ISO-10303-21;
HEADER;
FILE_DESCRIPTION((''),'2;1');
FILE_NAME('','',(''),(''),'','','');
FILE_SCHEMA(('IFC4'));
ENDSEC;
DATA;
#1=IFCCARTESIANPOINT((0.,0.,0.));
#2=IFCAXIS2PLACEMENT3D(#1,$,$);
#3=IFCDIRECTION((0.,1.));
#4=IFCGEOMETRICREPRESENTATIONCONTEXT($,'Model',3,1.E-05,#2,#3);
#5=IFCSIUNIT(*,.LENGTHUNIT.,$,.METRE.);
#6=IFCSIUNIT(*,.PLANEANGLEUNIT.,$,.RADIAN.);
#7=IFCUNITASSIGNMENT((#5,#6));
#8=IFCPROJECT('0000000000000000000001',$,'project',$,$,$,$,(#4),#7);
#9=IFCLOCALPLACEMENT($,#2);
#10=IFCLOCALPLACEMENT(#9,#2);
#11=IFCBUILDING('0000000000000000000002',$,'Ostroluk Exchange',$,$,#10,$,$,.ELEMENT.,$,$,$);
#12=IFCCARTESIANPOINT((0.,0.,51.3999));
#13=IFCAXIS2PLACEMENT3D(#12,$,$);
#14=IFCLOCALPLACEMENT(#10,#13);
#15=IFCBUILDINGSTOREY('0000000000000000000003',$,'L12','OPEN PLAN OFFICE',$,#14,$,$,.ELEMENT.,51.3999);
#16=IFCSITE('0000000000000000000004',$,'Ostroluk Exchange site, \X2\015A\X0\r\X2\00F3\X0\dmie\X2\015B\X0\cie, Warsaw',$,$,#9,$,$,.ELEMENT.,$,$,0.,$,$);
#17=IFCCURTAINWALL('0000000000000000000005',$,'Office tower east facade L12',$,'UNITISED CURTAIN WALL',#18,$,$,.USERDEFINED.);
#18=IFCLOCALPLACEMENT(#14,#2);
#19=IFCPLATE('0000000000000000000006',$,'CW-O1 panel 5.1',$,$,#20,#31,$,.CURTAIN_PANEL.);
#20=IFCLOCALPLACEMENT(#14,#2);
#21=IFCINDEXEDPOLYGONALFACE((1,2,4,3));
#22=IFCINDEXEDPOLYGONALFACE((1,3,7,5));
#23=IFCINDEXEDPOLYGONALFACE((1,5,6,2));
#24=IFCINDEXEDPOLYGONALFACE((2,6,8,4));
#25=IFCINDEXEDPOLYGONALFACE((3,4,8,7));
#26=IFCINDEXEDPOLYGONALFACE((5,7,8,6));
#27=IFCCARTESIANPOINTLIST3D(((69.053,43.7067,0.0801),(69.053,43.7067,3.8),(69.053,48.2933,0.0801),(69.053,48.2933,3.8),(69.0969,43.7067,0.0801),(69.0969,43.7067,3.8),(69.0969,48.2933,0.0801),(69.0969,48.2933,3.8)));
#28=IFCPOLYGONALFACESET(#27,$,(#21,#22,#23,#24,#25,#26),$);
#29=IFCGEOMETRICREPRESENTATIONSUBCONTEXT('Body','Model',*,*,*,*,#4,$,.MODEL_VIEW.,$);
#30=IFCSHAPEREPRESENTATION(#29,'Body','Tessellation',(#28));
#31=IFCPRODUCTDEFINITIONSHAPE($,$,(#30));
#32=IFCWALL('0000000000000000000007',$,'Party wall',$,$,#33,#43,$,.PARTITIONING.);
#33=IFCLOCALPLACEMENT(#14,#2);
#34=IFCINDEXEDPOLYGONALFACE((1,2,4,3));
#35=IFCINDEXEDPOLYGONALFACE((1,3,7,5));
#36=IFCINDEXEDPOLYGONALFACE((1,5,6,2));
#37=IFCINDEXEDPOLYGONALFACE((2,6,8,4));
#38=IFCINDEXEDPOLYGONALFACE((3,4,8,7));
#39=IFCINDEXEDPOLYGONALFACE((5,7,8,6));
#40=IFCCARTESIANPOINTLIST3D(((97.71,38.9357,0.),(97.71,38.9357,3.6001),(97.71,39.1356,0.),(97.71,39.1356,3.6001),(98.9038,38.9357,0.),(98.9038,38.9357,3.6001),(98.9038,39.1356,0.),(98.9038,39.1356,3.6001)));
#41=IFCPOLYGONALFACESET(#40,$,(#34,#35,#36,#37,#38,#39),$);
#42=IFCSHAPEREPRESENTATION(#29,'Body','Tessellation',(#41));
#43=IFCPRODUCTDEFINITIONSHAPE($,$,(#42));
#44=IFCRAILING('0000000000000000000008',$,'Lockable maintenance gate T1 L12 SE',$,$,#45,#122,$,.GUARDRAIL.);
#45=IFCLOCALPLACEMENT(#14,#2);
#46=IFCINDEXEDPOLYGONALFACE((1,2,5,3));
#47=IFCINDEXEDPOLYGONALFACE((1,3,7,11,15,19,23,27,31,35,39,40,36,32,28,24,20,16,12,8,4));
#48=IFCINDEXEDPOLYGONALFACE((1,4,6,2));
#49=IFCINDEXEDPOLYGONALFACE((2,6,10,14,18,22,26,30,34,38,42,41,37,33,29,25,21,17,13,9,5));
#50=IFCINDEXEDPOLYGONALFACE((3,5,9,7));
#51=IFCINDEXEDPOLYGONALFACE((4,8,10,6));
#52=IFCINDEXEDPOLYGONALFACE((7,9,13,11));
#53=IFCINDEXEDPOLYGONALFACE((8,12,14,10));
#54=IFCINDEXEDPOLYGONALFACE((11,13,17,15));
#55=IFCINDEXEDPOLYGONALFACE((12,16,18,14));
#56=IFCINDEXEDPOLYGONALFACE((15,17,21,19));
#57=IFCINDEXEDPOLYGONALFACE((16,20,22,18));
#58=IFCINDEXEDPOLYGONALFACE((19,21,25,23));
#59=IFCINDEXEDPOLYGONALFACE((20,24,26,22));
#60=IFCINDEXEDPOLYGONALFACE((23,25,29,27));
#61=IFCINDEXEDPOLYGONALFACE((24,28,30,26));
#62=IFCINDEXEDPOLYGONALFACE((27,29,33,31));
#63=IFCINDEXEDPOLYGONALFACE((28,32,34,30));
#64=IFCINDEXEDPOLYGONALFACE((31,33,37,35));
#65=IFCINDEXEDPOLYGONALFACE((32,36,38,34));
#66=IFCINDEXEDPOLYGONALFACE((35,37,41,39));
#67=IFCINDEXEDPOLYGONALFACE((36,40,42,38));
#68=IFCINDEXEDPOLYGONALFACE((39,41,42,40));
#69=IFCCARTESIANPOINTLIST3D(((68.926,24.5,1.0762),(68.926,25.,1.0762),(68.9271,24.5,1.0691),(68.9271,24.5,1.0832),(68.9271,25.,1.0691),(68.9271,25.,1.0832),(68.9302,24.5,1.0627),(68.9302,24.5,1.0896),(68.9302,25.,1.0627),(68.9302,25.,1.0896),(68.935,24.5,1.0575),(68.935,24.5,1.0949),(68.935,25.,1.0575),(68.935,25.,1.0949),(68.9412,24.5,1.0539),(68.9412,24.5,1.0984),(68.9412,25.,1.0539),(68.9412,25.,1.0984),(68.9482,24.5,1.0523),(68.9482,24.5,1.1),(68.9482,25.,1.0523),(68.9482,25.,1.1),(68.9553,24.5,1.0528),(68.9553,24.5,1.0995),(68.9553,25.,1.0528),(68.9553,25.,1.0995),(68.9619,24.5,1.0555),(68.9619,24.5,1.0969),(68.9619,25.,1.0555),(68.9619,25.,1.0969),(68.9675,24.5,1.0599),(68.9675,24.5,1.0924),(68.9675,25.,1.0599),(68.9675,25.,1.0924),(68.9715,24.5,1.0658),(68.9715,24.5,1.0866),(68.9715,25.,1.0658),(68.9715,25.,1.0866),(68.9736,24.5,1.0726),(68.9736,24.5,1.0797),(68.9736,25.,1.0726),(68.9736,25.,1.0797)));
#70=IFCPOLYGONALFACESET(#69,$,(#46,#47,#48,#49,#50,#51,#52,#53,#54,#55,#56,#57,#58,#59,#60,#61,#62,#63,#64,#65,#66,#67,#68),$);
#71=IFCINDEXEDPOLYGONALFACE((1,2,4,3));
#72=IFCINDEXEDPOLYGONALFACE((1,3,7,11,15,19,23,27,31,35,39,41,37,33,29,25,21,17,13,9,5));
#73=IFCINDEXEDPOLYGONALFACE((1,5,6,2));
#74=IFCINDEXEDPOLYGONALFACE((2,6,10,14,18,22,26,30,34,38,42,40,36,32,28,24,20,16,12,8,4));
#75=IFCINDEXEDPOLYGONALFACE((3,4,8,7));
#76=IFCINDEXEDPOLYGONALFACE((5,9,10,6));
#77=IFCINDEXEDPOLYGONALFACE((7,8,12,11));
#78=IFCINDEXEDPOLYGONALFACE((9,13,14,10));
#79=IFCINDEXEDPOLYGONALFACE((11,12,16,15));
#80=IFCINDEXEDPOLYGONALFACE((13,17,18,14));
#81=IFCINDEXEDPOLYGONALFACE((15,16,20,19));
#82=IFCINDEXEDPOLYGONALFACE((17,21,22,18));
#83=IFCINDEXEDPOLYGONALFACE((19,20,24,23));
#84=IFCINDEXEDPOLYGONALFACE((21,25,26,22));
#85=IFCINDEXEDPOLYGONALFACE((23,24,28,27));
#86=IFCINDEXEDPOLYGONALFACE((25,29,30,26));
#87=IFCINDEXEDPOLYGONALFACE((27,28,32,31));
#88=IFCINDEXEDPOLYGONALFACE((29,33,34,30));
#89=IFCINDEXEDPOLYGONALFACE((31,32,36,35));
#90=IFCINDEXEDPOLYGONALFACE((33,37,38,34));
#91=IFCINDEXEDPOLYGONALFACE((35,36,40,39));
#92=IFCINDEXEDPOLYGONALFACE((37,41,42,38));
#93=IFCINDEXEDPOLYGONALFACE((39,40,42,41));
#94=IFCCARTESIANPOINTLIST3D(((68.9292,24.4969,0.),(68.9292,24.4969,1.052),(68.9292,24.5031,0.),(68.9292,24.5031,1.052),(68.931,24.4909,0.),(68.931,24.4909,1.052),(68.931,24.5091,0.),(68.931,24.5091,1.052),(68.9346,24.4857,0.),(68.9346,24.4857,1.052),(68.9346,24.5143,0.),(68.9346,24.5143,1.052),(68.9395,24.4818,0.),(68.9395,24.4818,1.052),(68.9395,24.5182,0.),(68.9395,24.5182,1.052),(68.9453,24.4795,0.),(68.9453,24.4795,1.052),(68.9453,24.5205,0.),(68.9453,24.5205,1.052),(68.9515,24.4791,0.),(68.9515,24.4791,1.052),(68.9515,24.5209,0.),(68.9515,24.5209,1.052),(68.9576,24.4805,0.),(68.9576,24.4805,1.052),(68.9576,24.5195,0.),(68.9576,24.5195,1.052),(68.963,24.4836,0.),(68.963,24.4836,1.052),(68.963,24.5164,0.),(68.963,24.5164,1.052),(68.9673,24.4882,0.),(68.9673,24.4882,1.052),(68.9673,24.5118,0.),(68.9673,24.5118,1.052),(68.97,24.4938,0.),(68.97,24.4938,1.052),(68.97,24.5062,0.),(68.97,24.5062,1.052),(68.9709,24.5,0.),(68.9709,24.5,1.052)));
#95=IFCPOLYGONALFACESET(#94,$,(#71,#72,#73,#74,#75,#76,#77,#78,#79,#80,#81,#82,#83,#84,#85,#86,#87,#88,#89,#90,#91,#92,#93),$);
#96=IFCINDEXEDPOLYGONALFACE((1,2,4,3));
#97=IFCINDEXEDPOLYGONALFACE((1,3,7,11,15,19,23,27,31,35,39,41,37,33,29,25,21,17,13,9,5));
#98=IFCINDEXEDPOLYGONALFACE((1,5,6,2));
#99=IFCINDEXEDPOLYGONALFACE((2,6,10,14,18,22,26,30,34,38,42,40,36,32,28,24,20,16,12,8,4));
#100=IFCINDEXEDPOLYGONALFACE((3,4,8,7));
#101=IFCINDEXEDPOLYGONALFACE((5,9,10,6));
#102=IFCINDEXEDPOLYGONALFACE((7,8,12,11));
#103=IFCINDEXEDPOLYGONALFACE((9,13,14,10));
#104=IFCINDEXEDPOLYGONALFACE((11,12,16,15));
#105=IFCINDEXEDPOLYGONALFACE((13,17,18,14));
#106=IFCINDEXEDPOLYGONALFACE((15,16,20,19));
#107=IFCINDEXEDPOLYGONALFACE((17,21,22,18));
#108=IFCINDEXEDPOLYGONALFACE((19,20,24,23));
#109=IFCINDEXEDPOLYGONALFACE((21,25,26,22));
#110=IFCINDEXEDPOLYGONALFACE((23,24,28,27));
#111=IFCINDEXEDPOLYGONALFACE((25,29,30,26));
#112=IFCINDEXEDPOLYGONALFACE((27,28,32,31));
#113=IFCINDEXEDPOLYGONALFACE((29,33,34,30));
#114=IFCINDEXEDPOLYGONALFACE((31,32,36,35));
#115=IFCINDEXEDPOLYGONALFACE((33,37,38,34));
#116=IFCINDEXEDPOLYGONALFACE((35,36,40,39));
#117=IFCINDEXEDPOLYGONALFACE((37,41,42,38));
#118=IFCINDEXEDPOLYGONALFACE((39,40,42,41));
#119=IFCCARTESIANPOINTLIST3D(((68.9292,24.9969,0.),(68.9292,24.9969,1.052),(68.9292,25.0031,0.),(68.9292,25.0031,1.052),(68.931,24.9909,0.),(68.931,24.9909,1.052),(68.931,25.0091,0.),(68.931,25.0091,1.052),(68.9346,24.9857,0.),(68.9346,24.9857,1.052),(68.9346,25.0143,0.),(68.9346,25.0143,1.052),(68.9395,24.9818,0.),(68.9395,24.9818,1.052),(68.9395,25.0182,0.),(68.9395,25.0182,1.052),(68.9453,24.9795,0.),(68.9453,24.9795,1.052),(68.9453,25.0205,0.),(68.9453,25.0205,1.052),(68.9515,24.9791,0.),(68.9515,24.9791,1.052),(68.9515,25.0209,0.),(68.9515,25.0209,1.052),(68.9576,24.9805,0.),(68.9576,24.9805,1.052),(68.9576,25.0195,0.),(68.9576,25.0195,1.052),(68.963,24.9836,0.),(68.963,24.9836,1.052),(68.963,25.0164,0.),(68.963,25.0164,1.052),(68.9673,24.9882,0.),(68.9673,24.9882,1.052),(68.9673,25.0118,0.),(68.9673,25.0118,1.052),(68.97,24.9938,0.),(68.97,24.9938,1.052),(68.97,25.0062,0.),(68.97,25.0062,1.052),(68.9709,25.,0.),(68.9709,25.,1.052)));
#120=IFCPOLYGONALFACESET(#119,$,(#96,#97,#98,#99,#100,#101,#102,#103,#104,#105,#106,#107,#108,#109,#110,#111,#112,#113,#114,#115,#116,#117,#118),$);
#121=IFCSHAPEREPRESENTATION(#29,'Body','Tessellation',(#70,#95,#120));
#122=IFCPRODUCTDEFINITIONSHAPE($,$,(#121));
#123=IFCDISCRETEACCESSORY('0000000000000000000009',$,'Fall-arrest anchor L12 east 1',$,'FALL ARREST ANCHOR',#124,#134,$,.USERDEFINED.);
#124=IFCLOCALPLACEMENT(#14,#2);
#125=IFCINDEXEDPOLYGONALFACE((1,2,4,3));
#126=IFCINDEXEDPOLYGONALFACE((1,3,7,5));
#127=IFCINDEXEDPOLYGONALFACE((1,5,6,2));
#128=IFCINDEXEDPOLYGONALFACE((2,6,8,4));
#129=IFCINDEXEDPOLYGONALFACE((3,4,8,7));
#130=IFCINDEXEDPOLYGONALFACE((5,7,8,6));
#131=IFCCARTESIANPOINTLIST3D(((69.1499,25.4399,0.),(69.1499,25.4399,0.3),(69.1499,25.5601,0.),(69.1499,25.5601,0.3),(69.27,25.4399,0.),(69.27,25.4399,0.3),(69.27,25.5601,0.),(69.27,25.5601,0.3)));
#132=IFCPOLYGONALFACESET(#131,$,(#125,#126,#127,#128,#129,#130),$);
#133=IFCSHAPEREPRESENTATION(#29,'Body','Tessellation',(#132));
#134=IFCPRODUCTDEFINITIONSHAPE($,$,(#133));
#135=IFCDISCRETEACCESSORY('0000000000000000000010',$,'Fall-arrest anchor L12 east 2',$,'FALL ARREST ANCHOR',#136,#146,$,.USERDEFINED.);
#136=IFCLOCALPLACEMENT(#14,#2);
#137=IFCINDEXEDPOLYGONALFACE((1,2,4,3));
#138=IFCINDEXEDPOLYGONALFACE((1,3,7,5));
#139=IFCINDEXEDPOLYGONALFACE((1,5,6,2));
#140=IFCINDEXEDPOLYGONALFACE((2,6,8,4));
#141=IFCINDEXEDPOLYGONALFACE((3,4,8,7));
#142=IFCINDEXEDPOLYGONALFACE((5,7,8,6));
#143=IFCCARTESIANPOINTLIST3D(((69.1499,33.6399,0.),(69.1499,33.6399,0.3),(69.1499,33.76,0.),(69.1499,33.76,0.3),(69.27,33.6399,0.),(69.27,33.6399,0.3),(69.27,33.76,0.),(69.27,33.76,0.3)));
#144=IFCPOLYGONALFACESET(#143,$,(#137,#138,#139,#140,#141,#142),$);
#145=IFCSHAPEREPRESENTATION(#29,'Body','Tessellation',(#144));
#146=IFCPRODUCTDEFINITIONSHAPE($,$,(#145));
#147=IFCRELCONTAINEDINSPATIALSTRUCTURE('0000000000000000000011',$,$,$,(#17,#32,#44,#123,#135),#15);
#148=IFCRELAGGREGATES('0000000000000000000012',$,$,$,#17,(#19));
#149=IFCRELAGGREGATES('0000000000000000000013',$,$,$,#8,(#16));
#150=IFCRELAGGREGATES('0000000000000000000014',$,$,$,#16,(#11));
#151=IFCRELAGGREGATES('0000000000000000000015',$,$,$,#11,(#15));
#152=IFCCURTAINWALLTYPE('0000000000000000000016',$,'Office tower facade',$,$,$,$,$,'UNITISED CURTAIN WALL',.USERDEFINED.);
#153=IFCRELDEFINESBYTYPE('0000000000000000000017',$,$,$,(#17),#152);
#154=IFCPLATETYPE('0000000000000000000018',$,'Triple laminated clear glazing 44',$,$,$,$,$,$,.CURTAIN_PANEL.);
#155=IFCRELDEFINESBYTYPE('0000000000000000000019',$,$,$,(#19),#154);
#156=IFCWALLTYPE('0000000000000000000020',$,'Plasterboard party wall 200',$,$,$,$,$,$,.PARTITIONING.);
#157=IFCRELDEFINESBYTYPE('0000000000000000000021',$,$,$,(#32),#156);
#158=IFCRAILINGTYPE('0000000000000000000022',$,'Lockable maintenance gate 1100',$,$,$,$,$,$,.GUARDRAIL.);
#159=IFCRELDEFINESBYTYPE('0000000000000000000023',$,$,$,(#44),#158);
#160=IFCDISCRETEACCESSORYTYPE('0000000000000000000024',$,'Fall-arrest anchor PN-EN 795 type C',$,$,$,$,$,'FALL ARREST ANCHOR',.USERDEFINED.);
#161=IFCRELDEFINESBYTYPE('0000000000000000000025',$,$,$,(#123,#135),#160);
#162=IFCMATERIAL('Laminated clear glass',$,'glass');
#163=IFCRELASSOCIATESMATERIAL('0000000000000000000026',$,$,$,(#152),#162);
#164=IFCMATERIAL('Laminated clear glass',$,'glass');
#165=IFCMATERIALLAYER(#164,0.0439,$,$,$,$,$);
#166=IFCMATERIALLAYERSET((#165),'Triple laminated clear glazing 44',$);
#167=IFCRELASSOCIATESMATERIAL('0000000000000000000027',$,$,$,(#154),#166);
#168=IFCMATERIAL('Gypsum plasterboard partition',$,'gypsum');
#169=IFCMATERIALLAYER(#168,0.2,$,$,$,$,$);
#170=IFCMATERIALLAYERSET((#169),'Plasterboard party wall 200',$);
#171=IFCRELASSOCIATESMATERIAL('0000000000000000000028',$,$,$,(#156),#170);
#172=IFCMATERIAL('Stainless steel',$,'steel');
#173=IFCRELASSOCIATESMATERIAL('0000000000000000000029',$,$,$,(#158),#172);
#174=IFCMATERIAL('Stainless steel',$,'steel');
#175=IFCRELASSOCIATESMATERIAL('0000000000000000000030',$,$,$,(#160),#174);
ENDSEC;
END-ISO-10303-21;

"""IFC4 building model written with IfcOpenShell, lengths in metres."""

from ifc_helpers import new_model, si_unit, direction, frame, frame_2d, origin, origin_2d, place, context, subcontext, project, spatial, rectangle, circle, extrude, material, layer, layer_set, type_object, element, aggregate, save


model = new_model("IFC4")

# Units and contexts
model_context = context("Model", 3, precision=1e-05, world=origin(), true_north=direction((0.0, 1.0)))
body_context = subcontext(model_context, "Body", "Model", "MODEL_VIEW")
ifc_project = project(units=[si_unit("LENGTHUNIT", "METRE"), si_unit("PLANEANGLEUNIT", "RADIAN")], contexts=[model_context])

# Site, building, storey
site_placement = place(None, origin())
site = spatial("IfcSite", under=ifc_project, at=site_placement, Name="Ostroluk Exchange site, Śródmieście, Warsaw", CompositionType="ELEMENT", RefElevation=0.0)
building_placement = place(site_placement, origin())
building = spatial("IfcBuilding", under=site, at=building_placement, Name="Ostroluk Exchange", CompositionType="ELEMENT")
storey_placement = place(building_placement, frame((0.0, 0.0, 51.3999)))
storey = spatial("IfcBuildingStorey", under=building, at=storey_placement, Name="L12", Description="OPEN PLAN OFFICE", CompositionType="ELEMENT", Elevation=51.3999)

# Curtain wall
ifc_material_1 = material(Name="Laminated clear glass", Category="glass")
curtain_wall_type_1 = type_object("IfcCurtainWallType", Name="Office tower facade", ElementType="UNITISED CURTAIN WALL", PredefinedType="USERDEFINED", material=ifc_material_1)
curtain_wall_1_placement = place(storey_placement, origin())
curtain_wall_1 = element("IfcCurtainWall", 1, at=curtain_wall_1_placement, inside=storey, type_object=curtain_wall_type_1, Name="Office tower east facade L12", ObjectType="UNITISED CURTAIN WALL", PredefinedType="USERDEFINED")

# Plate
ifc_material_2 = material(Name="Laminated clear glass", Category="glass")
ifc_layer_1 = layer(ifc_material_2, 0.0439)
ifc_layer_set_1 = layer_set([ifc_layer_1], Name="Triple laminated clear glazing 44")
plate_type_1 = type_object("IfcPlateType", Name="Triple laminated clear glazing 44", PredefinedType="CURTAIN_PANEL", material=ifc_layer_set_1)
plate_1_placement = place(storey_placement, frame((69.075, 46.0, 0.0801), z_axis=(0.0, 0.0, 1.0), x_axis=(0.0, 1.0, 0.0)))
plate_1 = element("IfcPlate", 2, at=plate_1_placement, type_object=plate_type_1, Name="CW-O1 panel 5.1", PredefinedType="CURTAIN_PANEL", context=body_context, shape_type="SweptSolid", body=[
    extrude(rectangle(XDim=4.5867, YDim=0.0439, at=origin_2d()), origin(), (0.0, 0.0, 1.0), 3.72),
])
aggregate(curtain_wall_1, [plate_1])

# Wall
ifc_material_3 = material(Name="Gypsum plasterboard partition", Category="gypsum")
ifc_layer_2 = layer(ifc_material_3, 0.2)
ifc_layer_set_2 = layer_set([ifc_layer_2], Name="Plasterboard party wall 200")
wall_type = type_object("IfcWallType", Name="Plasterboard party wall 200", PredefinedType="PARTITIONING", material=ifc_layer_set_2)
wall_placement = place(storey_placement, frame((98.9038, 39.0356, 0.0), z_axis=(0.0, 0.0, 1.0), x_axis=(-1.0, 0.0, 0.0)))
element("IfcWall", 3, at=wall_placement, inside=storey, type_object=wall_type, Name="Party wall", PredefinedType="PARTITIONING", context=body_context, shape_type="SweptSolid", body=[
    extrude(rectangle(XDim=1.1938, YDim=0.2, at=frame_2d((0.5969, 0.0))), origin(), (0.0, 0.0, 1.0), 3.6001),
])

# Railing
ifc_material_4 = material(Name="Stainless steel", Category="steel")
railing_type = type_object("IfcRailingType", Name="Lockable maintenance gate 1100", PredefinedType="GUARDRAIL", material=ifc_material_4)
railing_placement = place(storey_placement, frame((68.95, 24.5, 0.0)))
element("IfcRailing", 4, at=railing_placement, inside=storey, type_object=railing_type, Name="Lockable maintenance gate T1 L12 SE", PredefinedType="GUARDRAIL", context=body_context, shape_type="SweptSolid", body=[
    extrude(circle(Radius=0.0239, at=origin_2d()), frame((0.0, 0.0, 1.0762), z_axis=(0.0, 1.0, 0.0), x_axis=(-1.0, 0.0, 0.0)), (0.0, 0.0, 1.0), 0.5),
    extrude(circle(Radius=0.021, at=origin_2d()), origin(), (0.0, 0.0, 1.0), 1.052),
    extrude(circle(Radius=0.021, at=origin_2d()), frame((0.0, 0.5, 0.0)), (0.0, 0.0, 1.0), 1.052),
])

# Discrete accessories
ifc_material_5 = material(Name="Stainless steel", Category="steel")
discrete_accessory_type = type_object("IfcDiscreteAccessoryType", Name="Fall-arrest anchor PN-EN 795 type C", ElementType="FALL ARREST ANCHOR", PredefinedType="USERDEFINED", material=ifc_material_5)
for number, where, z_axis, x_axis, name in (
    (5, (69.21, 25.5, 0.0), (0.0, 0.0, 1.0), (1.0, 0.0, 0.0), "Fall-arrest anchor L12 east 1"),
    (6, (69.21, 33.7, 0.0), (0.0, 0.0, 1.0), (1.0, 0.0, 0.0), "Fall-arrest anchor L12 east 2"),
):
    element("IfcDiscreteAccessory", number, at=place(storey_placement, frame(where, z_axis=z_axis, x_axis=x_axis)), inside=storey, type_object=discrete_accessory_type, Name=name, ObjectType="FALL ARREST ANCHOR", PredefinedType="USERDEFINED", context=body_context, shape_type="SweptSolid", body=[
        extrude(rectangle(XDim=0.1201, YDim=0.1201, at=origin_2d()), origin(), (0.0, 0.0, 1.0), 0.3),
    ])

save(model, "model.ifc")
